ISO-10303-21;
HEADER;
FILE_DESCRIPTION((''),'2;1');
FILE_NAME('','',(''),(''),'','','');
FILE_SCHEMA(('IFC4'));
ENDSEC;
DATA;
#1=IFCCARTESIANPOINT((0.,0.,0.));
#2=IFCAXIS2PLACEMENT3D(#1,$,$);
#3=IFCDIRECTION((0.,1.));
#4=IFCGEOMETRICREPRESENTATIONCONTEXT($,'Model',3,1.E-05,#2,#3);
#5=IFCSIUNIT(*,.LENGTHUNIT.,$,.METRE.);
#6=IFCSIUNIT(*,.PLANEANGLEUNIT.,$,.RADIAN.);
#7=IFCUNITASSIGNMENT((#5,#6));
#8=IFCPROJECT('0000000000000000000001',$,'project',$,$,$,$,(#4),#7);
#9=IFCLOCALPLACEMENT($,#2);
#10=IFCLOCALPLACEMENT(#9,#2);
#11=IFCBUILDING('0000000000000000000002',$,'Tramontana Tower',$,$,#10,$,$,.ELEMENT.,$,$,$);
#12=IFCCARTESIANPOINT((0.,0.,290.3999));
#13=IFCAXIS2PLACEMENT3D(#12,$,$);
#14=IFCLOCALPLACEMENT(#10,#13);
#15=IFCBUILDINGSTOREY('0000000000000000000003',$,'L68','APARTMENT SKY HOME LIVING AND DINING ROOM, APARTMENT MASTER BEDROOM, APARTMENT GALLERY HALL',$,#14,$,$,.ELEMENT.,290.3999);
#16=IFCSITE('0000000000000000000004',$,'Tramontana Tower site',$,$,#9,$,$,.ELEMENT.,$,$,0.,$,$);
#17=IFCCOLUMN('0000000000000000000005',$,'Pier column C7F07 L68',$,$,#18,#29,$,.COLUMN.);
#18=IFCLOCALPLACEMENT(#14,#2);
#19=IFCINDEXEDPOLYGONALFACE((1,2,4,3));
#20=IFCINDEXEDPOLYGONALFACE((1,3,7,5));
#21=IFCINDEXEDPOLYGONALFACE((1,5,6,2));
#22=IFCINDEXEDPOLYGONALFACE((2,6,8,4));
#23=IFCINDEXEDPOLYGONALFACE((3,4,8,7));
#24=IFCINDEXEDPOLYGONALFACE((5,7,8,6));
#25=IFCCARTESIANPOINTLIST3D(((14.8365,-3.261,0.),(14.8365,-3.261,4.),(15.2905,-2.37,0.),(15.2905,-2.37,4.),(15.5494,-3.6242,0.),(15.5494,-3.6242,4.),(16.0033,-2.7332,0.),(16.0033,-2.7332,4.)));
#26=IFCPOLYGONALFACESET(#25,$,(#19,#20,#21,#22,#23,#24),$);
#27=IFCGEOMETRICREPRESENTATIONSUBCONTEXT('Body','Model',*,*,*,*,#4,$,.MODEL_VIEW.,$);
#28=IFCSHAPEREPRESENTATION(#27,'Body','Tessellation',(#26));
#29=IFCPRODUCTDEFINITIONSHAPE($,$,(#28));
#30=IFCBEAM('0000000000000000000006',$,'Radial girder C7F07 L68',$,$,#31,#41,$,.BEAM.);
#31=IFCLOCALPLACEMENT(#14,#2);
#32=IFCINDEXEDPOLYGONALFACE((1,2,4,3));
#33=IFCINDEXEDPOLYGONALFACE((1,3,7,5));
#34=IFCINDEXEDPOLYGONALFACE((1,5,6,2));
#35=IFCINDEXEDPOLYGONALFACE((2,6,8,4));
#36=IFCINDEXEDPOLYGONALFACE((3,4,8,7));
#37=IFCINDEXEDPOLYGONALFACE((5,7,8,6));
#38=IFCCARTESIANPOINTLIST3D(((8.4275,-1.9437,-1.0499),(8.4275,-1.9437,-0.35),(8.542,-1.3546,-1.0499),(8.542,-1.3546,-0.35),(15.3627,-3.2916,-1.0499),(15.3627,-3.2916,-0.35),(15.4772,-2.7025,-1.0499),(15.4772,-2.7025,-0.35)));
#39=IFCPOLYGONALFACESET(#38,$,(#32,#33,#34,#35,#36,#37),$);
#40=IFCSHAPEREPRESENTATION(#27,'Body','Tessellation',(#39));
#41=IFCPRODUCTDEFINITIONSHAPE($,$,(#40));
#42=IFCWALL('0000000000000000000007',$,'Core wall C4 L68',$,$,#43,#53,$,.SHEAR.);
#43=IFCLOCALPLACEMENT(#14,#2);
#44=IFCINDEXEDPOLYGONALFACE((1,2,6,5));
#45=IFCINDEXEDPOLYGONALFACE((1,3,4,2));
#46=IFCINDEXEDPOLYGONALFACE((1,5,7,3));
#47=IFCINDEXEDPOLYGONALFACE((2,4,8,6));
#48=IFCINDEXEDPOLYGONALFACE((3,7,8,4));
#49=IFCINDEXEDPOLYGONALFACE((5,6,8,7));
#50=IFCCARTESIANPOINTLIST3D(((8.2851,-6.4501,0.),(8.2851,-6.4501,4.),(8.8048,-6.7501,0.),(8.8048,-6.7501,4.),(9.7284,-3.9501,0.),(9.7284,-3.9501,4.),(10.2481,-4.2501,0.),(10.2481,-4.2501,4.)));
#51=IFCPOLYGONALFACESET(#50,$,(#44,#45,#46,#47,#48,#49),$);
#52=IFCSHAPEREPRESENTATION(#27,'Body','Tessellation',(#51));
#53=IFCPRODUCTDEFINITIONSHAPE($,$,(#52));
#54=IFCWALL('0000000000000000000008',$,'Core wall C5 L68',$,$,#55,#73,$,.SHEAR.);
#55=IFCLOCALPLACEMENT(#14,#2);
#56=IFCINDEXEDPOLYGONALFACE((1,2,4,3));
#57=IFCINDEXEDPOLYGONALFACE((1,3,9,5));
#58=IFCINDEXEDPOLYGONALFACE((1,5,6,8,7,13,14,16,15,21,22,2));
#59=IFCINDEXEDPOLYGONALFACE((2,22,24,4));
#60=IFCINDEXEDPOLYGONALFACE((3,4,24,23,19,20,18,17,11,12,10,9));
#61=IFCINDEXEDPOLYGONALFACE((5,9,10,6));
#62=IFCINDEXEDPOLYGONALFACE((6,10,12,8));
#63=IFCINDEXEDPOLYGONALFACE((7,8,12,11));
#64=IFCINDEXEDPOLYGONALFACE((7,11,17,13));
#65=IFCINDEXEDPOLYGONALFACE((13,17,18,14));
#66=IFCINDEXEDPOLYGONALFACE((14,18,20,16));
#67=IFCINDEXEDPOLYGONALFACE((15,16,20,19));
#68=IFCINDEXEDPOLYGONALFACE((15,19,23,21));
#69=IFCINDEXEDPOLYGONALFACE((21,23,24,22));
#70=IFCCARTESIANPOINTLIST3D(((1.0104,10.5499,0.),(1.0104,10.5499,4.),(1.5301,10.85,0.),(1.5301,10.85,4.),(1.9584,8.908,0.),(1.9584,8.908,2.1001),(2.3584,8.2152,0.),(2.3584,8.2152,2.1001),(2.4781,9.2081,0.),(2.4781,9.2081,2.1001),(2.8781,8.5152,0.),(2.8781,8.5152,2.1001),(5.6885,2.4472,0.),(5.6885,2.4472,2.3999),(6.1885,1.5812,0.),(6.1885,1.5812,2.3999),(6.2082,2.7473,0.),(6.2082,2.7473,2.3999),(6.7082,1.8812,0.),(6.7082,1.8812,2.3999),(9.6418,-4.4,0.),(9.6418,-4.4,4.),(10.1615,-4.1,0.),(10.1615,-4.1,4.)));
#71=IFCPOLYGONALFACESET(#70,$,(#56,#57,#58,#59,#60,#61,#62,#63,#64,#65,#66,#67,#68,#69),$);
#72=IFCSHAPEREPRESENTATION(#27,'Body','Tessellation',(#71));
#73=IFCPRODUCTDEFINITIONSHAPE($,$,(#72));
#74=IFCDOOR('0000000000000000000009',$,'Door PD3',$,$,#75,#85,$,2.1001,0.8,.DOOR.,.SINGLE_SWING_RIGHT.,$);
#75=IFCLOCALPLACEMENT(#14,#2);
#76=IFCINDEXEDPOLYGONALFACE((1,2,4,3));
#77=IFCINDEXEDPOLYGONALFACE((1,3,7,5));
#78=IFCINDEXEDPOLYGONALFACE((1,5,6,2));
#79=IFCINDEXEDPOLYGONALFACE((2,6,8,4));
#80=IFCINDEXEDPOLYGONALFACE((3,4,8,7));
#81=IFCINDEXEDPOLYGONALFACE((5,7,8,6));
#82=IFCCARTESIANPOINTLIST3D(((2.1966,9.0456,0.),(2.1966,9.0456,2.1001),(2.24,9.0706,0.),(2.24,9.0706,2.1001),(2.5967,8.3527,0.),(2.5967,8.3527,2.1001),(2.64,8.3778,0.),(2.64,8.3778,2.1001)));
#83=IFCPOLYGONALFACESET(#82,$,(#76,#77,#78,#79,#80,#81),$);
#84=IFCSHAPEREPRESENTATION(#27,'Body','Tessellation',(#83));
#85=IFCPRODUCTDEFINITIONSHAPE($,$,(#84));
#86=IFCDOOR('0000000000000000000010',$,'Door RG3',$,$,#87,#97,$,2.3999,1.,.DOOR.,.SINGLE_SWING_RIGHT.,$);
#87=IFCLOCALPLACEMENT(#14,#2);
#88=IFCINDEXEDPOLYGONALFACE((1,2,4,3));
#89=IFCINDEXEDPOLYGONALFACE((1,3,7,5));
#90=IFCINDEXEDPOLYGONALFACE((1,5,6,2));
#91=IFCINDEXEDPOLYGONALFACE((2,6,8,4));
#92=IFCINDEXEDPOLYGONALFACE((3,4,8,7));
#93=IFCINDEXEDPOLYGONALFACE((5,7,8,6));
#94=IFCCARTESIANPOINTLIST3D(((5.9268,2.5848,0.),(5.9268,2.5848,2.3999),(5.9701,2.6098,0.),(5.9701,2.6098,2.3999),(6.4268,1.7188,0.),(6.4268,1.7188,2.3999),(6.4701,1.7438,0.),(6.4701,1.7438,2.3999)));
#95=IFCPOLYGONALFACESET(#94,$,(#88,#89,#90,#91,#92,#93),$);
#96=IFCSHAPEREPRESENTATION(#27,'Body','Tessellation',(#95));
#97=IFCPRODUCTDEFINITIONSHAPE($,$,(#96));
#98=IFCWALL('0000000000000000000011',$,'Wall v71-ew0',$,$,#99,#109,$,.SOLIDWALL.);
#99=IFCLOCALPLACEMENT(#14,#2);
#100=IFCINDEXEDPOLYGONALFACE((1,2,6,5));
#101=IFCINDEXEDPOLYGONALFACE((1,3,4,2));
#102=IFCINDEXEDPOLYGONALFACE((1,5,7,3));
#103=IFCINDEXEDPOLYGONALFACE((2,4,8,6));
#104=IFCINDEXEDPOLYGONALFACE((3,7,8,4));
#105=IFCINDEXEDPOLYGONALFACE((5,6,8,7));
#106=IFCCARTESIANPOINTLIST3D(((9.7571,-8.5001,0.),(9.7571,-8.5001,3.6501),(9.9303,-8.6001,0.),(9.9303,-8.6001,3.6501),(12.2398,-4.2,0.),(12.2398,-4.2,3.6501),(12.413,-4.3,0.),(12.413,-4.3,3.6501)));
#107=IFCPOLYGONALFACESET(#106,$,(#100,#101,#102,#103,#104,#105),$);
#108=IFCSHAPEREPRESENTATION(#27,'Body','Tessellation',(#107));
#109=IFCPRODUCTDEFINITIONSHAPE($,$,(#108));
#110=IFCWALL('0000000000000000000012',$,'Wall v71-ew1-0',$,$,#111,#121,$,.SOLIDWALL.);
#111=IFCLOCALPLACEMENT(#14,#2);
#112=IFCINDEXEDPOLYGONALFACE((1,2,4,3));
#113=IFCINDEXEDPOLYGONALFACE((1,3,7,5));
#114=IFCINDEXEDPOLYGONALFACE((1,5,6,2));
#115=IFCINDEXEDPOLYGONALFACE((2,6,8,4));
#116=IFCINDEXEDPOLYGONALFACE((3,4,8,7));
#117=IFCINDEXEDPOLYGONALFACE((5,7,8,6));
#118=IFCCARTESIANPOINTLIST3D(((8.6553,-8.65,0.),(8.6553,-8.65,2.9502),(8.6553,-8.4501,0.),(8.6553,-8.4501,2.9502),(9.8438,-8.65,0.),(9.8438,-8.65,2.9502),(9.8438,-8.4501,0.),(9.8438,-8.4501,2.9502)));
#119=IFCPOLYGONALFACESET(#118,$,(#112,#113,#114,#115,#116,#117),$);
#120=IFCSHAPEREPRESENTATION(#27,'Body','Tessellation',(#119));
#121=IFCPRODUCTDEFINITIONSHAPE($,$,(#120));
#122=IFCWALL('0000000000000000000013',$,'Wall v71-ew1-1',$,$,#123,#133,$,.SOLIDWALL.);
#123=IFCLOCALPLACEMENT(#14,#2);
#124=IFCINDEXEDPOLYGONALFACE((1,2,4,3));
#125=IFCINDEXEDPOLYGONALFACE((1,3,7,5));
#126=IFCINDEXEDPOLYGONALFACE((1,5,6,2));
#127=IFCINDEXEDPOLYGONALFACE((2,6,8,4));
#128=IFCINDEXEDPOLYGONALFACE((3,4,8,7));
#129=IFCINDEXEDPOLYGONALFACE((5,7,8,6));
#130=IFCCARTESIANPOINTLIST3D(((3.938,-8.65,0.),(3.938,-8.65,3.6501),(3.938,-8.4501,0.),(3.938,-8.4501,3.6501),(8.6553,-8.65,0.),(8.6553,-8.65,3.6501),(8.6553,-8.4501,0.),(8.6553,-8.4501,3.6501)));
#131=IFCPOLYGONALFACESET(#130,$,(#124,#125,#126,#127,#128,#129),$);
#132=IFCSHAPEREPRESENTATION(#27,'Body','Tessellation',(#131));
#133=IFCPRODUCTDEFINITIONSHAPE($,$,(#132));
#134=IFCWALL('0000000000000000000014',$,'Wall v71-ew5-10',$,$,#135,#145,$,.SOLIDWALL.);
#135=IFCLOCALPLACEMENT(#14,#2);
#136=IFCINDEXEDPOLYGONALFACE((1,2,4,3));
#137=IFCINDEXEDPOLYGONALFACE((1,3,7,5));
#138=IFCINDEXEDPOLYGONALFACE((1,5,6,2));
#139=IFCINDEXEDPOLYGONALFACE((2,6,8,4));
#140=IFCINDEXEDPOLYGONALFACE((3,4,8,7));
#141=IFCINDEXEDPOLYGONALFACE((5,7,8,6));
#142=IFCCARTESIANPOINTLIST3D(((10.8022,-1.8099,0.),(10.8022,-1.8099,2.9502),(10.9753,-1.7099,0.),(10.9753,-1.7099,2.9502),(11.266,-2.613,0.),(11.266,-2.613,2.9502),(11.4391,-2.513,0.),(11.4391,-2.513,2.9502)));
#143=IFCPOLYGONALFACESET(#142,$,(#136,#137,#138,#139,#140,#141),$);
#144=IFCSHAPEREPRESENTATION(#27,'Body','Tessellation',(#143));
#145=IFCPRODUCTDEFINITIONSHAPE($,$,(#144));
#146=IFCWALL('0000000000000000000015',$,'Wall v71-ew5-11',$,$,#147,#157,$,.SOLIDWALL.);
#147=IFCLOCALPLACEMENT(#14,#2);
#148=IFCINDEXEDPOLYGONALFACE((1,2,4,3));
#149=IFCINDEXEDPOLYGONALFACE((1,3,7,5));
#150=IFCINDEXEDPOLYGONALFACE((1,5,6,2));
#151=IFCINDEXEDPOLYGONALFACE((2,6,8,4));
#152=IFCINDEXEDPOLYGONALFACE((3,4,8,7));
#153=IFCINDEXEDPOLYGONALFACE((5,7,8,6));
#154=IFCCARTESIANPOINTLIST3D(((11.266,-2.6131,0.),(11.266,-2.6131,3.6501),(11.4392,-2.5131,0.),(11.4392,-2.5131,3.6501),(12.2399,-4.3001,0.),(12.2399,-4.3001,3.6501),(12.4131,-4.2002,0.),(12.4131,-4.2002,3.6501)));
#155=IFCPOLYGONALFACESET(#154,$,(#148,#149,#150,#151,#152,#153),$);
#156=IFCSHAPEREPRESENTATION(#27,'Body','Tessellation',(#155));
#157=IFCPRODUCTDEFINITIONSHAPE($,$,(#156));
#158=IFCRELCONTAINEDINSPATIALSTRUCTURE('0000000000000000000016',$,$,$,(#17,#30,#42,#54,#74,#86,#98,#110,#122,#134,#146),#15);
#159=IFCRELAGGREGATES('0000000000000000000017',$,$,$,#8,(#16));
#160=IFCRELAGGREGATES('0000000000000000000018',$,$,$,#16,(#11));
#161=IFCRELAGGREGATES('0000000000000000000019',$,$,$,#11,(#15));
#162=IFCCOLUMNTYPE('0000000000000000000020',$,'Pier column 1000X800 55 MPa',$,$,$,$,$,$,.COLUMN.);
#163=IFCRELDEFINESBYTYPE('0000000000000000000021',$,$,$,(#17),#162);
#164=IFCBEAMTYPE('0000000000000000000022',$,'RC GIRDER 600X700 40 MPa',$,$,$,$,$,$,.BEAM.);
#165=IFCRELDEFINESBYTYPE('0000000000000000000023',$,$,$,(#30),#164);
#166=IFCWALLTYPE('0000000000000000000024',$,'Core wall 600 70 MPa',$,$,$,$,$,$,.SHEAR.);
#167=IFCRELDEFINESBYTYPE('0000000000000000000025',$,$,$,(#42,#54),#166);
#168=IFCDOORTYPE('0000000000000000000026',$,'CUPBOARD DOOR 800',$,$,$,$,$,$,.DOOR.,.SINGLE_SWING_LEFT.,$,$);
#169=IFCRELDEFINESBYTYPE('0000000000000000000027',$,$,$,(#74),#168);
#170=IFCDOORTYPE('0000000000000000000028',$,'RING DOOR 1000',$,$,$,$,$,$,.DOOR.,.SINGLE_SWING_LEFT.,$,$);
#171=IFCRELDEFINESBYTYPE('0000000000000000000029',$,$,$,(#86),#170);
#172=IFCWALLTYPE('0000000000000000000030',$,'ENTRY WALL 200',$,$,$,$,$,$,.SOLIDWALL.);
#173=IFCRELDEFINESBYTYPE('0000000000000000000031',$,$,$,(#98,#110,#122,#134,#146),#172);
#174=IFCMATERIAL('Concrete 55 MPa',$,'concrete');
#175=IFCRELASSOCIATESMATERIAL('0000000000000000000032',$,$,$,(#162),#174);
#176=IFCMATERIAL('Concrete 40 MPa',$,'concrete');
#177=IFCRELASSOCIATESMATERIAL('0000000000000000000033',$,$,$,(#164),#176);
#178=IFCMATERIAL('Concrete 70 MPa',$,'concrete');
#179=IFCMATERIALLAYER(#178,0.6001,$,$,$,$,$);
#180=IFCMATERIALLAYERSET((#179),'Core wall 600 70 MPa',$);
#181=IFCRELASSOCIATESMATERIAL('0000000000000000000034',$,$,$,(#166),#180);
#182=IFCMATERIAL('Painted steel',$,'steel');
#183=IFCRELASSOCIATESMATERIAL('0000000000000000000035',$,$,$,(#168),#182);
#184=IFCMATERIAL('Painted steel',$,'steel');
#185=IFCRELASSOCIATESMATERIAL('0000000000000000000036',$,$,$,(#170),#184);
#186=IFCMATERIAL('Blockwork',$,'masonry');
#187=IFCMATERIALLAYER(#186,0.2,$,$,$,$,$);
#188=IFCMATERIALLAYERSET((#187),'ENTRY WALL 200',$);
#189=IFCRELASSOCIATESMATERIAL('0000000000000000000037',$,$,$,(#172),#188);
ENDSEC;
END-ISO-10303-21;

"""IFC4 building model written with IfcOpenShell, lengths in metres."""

from ifc_helpers import new_model, si_unit, direction, frame, frame_2d, origin, origin_2d, place, context, subcontext, project, spatial, rectangle, extrude, material, layer, layer_set, material_profile, profile_set, type_object, element, fill, save


model = new_model("IFC4")

# Units and contexts
model_context = context("Model", 3, precision=1e-05, world=origin(), true_north=direction((0.0, 1.0)))
body_context = subcontext(model_context, "Body", "Model", "MODEL_VIEW")
ifc_project = project(units=[si_unit("LENGTHUNIT", "METRE"), si_unit("PLANEANGLEUNIT", "RADIAN")], contexts=[model_context])

# Site, building, storey
site_placement = place(None, origin())
site = spatial("IfcSite", under=ifc_project, at=site_placement, Name="Tramontana Tower site", CompositionType="ELEMENT", RefElevation=0.0)
building_placement = place(site_placement, origin())
building = spatial("IfcBuilding", under=site, at=building_placement, Name="Tramontana Tower", CompositionType="ELEMENT")
storey_placement = place(building_placement, frame((0.0, 0.0, 290.3999)))
storey = spatial("IfcBuildingStorey", under=building, at=storey_placement, Name="L68", Description="APARTMENT SKY HOME LIVING AND DINING ROOM, APARTMENT MASTER BEDROOM, APARTMENT GALLERY HALL", CompositionType="ELEMENT", Elevation=290.3999)

# Column
ifc_material_1 = material(Name="Concrete 55 MPa", Category="concrete")
ifc_material_profile_1 = material_profile(ifc_material_1, rectangle(XDim=1.0, YDim=0.8, at=origin_2d()), Name="Pier column 1000X800 55 MPa")
ifc_profile_set_1 = profile_set([ifc_material_profile_1], Name="Concrete 55 MPa")
column_type = type_object("IfcColumnType", Name="Pier column 1000X800 55 MPa", PredefinedType="COLUMN", material=ifc_profile_set_1)
column_placement = place(storey_placement, frame((15.4199, -2.9971, 0.0), z_axis=(0.0, 0.0, 1.0), x_axis=(0.45399, 0.891007, 0.0)))
element("IfcColumn", 1, at=column_placement, inside=storey, type_object=column_type, Name="Pier column C7F07 L68", PredefinedType="COLUMN", context=body_context, shape_type="SweptSolid", body=[
    extrude(rectangle(XDim=1.0, YDim=0.8, at=origin_2d()), origin(), (0.0, 0.0, 1.0), 4.0),
])

# Beam
ifc_material_2 = material(Name="Concrete 40 MPa", Category="concrete")
ifc_material_profile_2 = material_profile(ifc_material_2, rectangle(XDim=0.6001, YDim=0.7, at=origin_2d()), Name="RC GIRDER 600X700 40 MPa")
ifc_profile_set_2 = profile_set([ifc_material_profile_2], Name="Concrete 40 MPa")
beam_type = type_object("IfcBeamType", Name="RC GIRDER 600X700 40 MPa", PredefinedType="BEAM", material=ifc_profile_set_2)
beam_placement = place(storey_placement, frame((15.4199, -2.9971, -0.7), z_axis=(-0.981631, 0.19079, 0.0), x_axis=(-0.19079, -0.981631, 0.0)))
element("IfcBeam", 2, at=beam_placement, inside=storey, type_object=beam_type, Name="Radial girder C7F07 L68", PredefinedType="BEAM", context=body_context, shape_type="SweptSolid", body=[
    extrude(rectangle(XDim=0.6001, YDim=0.7, at=origin_2d()), origin(), (0.0, 0.0, 1.0), 7.0649),
])

# Wall
ifc_material_3 = material(Name="Concrete 70 MPa", Category="concrete")
ifc_layer_1 = layer(ifc_material_3, 0.6001)
ifc_layer_set_1 = layer_set([ifc_layer_1], Name="Core wall 600 70 MPa")
wall_type_1 = type_object("IfcWallType", Name="Core wall 600 70 MPa", PredefinedType="SHEAR", material=ifc_layer_set_1)
wall_1_placement = place(storey_placement, frame((8.5449, -6.6001, 0.0), z_axis=(0.0, 0.0, 1.0), x_axis=(0.499996, 0.866028, 0.0)))
element("IfcWall", 3, at=wall_1_placement, inside=storey, type_object=wall_type_1, Name="Core wall C4 L68", PredefinedType="SHEAR", context=body_context, shape_type="SweptSolid", body=[
    extrude(rectangle(XDim=2.8867, YDim=0.6001, at=frame_2d((1.4434, 0.0))), origin(), (0.0, 0.0, 1.0), 4.0),
])

# Wall, openings, doors
wall_2_placement = place(storey_placement, frame((9.9016, -4.25, 0.0), z_axis=(0.0, 0.0, 1.0), x_axis=(-0.5, 0.866026, 0.0)))
wall_2 = element("IfcWall", 4, at=wall_2_placement, inside=storey, type_object=wall_type_1, Name="Core wall C5 L68", PredefinedType="SHEAR", context=body_context, shape_type="SweptSolid", body=[
    extrude(rectangle(XDim=17.2627, YDim=0.6001, at=frame_2d((8.6313, 0.0))), origin(), (0.0, 0.0, 1.0), 4.0),
])
opening_1_placement = place(wall_2_placement, frame((6.9065, 0.0, 0.0)))
opening_1 = element("IfcOpeningElement", 5, at=opening_1_placement, cuts=wall_2, PredefinedType="OPENING", context=body_context, shape_type="SweptSolid", body=[
    extrude(rectangle(XDim=1.0, YDim=2.3999, at=frame_2d((0.5, 1.2))), frame((0.0, 0.3101, 0.0), z_axis=(0.0, -1.0, 0.0), x_axis=(1.0, 0.0, 0.0)), (0.0, 0.0, 1.0), 0.6201),
])
opening_2_placement = place(wall_2_placement, frame((14.5669, 0.0, 0.0)))
opening_2 = element("IfcOpeningElement", 6, at=opening_2_placement, cuts=wall_2, PredefinedType="OPENING", context=body_context, shape_type="SweptSolid", body=[
    extrude(rectangle(XDim=0.8, YDim=2.1001, at=frame_2d((0.3999, 1.05))), frame((0.0, 0.3101, 0.0), z_axis=(0.0, -1.0, 0.0), x_axis=(1.0, 0.0, 0.0)), (0.0, 0.0, 1.0), 0.6201),
])
ifc_material_4 = material(Name="Painted steel", Category="steel")
door_type_1 = type_object("IfcDoorType", Name="CUPBOARD DOOR 800", OperationType="SINGLE_SWING_LEFT", PredefinedType="DOOR", material=ifc_material_4)
door_1_placement = place(opening_2_placement, origin())
door_1 = element("IfcDoor", 7, at=door_1_placement, inside=storey, type_object=door_type_1, Name="Door PD3", OperationType="SINGLE_SWING_RIGHT", OverallHeight=2.1001, OverallWidth=0.8, PredefinedType="DOOR", context=body_context, shape_type="SweptSolid", body=[
    extrude(rectangle(XDim=0.8, YDim=2.1001, at=frame_2d((0.3999, 1.05))), frame((0.0, 0.0249, 0.0), z_axis=(0.0, -1.0, 0.0), x_axis=(1.0, 0.0, 0.0)), (0.0, 0.0, 1.0), 0.05),
])
fill(opening_2, door_1)
ifc_material_5 = material(Name="Painted steel", Category="steel")
door_type_2 = type_object("IfcDoorType", Name="RING DOOR 1000", OperationType="SINGLE_SWING_LEFT", PredefinedType="DOOR", material=ifc_material_5)
door_2_placement = place(opening_1_placement, origin())
door_2 = element("IfcDoor", 8, at=door_2_placement, inside=storey, type_object=door_type_2, Name="Door RG3", OperationType="SINGLE_SWING_RIGHT", OverallHeight=2.3999, OverallWidth=1.0, PredefinedType="DOOR", context=body_context, shape_type="SweptSolid", body=[
    extrude(rectangle(XDim=1.0, YDim=2.3999, at=frame_2d((0.5, 1.2))), frame((0.0, 0.0249, 0.0), z_axis=(0.0, -1.0, 0.0), x_axis=(1.0, 0.0, 0.0)), (0.0, 0.0, 1.0), 0.05),
])
fill(opening_1, door_2)

# Walls
ifc_material_6 = material(Name="Blockwork", Category="masonry")
ifc_layer_2 = layer(ifc_material_6, 0.2)
ifc_layer_set_2 = layer_set([ifc_layer_2], Name="ENTRY WALL 200")
wall_type_2 = type_object("IfcWallType", Name="ENTRY WALL 200", PredefinedType="SOLIDWALL", material=ifc_layer_set_2)
wall_3_placement = place(storey_placement, frame((12.3264, -4.25, 0.0), z_axis=(0.0, 0.0, 1.0), x_axis=(-0.500005, -0.866023, 0.0)))
element("IfcWall", 9, at=wall_3_placement, inside=storey, type_object=wall_type_2, Name="Wall v71-ew0", PredefinedType="SOLIDWALL", context=body_context, shape_type="SweptSolid", body=[
    extrude(rectangle(XDim=4.9653, YDim=0.2, at=frame_2d((2.4827, 0.0))), origin(), (0.0, 0.0, 1.0), 3.6501),
])
wall_4_placement = place(storey_placement, frame((9.8438, -8.55, 0.0), z_axis=(0.0, 0.0, 1.0), x_axis=(-1.0, 0.0, 0.0)))
element("IfcWall", 10, at=wall_4_placement, inside=storey, type_object=wall_type_2, Name="Wall v71-ew1-0", PredefinedType="SOLIDWALL", context=body_context, shape_type="SweptSolid", body=[
    extrude(rectangle(XDim=1.1885, YDim=0.2, at=frame_2d((0.5942, 0.0))), origin(), (0.0, 0.0, 1.0), 2.9502),
])
wall_5_placement = place(storey_placement, frame((8.6553, -8.55, 0.0), z_axis=(0.0, 0.0, 1.0), x_axis=(-1.0, 0.0, 0.0)))
element("IfcWall", 11, at=wall_5_placement, inside=storey, type_object=wall_type_2, Name="Wall v71-ew1-1", PredefinedType="SOLIDWALL", context=body_context, shape_type="SweptSolid", body=[
    extrude(rectangle(XDim=4.7173, YDim=0.2, at=frame_2d((2.3586, 0.0))), origin(), (0.0, 0.0, 1.0), 3.6501),
])
wall_6_placement = place(storey_placement, frame((10.8887, -1.7598, 0.0), z_axis=(0.0, 0.0, 1.0), x_axis=(0.500102, -0.865966, 0.0)))
element("IfcWall", 12, at=wall_6_placement, inside=storey, type_object=wall_type_2, Name="Wall v71-ew5-10", PredefinedType="SOLIDWALL", context=body_context, shape_type="SweptSolid", body=[
    extrude(rectangle(XDim=0.9275, YDim=0.2, at=frame_2d((0.4639, 0.0))), origin(), (0.0, 0.0, 1.0), 2.9502),
])
wall_7_placement = place(storey_placement, frame((11.3525, -2.563, 0.0), z_axis=(0.0, 0.0, 1.0), x_axis=(0.499954, -0.866052, 0.0)))
element("IfcWall", 13, at=wall_7_placement, inside=storey, type_object=wall_type_2, Name="Wall v71-ew5-11", PredefinedType="SOLIDWALL", context=body_context, shape_type="SweptSolid", body=[
    extrude(rectangle(XDim=1.948, YDim=0.2, at=frame_2d((0.9741, 0.0))), origin(), (0.0, 0.0, 1.0), 3.6501),
])

save(model, "model.ifc")
